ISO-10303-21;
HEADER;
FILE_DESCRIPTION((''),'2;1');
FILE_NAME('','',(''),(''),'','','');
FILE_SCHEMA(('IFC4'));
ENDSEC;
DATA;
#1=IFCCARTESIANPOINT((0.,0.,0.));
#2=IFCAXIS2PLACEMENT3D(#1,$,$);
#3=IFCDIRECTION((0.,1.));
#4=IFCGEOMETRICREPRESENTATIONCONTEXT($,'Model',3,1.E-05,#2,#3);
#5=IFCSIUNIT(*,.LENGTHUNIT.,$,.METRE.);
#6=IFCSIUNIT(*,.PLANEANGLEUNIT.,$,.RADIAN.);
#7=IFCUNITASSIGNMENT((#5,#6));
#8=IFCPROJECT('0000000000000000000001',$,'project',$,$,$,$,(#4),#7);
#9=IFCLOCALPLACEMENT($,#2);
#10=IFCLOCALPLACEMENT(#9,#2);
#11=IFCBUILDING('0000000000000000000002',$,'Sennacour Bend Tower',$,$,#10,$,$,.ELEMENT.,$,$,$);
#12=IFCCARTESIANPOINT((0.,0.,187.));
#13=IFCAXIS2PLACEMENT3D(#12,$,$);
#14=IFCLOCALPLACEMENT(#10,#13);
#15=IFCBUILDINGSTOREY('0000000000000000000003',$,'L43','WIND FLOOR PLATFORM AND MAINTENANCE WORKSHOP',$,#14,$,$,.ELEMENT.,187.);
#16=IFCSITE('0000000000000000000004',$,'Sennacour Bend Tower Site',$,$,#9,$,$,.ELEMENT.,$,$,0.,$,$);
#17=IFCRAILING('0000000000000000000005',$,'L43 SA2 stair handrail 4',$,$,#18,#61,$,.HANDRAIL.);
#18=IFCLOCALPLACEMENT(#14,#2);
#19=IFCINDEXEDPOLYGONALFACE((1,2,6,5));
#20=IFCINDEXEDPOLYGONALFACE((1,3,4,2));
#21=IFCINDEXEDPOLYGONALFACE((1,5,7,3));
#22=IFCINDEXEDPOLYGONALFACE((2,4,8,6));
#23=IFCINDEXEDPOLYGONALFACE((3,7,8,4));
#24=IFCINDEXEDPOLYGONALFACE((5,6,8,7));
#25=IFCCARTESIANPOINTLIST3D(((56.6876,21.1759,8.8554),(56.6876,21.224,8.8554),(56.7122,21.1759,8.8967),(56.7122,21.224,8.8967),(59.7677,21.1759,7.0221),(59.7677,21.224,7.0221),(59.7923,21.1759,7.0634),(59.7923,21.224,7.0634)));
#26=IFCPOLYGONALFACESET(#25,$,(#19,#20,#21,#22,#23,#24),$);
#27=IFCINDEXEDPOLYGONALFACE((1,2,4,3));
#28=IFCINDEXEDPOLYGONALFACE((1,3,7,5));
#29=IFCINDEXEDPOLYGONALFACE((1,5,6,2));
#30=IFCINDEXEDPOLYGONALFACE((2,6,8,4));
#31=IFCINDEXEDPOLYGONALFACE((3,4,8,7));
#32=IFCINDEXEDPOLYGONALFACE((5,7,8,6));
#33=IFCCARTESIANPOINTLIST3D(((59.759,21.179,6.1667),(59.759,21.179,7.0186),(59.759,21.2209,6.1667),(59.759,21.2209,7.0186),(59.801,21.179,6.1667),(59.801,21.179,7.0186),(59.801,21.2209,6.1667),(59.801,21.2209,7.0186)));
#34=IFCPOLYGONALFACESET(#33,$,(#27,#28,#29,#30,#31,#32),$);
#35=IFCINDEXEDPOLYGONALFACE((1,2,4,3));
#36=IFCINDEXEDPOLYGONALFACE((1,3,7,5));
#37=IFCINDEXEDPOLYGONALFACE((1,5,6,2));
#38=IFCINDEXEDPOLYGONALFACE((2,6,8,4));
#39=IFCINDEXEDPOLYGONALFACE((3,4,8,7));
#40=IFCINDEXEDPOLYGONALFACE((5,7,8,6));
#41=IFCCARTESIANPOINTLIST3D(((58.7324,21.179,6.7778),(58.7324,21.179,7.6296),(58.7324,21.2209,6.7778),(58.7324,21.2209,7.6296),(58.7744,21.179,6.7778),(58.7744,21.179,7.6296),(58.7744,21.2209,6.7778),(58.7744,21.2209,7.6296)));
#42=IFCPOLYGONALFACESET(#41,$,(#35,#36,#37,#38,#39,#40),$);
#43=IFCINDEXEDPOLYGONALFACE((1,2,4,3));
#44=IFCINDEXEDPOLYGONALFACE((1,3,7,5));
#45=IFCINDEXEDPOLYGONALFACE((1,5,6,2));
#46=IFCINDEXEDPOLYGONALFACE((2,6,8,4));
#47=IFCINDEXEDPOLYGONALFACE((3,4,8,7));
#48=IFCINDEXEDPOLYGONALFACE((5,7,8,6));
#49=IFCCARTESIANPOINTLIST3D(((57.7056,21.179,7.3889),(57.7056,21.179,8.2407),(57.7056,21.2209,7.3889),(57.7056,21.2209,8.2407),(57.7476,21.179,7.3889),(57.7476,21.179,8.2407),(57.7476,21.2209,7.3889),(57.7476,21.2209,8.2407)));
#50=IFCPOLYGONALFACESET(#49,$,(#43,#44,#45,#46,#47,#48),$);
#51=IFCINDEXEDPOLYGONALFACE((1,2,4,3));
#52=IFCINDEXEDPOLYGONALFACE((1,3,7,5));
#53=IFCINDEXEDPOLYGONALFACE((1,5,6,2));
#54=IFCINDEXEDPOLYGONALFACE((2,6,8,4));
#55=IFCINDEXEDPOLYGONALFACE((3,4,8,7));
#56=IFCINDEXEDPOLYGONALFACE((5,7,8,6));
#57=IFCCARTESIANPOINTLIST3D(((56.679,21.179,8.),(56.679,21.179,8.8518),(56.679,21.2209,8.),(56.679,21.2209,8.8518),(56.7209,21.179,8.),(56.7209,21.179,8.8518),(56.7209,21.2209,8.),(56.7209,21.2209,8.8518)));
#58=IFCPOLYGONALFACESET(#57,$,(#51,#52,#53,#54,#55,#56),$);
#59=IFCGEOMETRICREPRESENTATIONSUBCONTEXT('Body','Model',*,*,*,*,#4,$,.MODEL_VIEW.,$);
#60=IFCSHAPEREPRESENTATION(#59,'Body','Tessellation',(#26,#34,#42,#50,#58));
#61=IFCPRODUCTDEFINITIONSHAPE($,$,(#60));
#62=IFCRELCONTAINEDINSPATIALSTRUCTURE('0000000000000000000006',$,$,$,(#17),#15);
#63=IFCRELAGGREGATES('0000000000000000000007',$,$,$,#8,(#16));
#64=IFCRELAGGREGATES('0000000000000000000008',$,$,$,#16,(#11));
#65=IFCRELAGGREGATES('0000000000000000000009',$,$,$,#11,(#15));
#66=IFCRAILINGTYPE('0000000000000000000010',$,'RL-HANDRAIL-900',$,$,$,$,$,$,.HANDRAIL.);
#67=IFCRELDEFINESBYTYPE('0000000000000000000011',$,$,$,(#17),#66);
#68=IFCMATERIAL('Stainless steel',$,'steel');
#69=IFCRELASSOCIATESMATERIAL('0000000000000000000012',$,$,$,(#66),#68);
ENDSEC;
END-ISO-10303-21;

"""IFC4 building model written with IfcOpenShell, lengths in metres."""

from ifc_helpers import new_model, si_unit, direction, frame, origin, origin_2d, place, context, subcontext, project, spatial, rectangle, extrude, material, type_object, element, save


model = new_model("IFC4")

# Units and contexts
model_context = context("Model", 3, precision=1e-05, world=origin(), true_north=direction((0.0, 1.0)))
body_context = subcontext(model_context, "Body", "Model", "MODEL_VIEW")
ifc_project = project(units=[si_unit("LENGTHUNIT", "METRE"), si_unit("PLANEANGLEUNIT", "RADIAN")], contexts=[model_context])

# Site, building, storey
site_placement = place(None, origin())
site = spatial("IfcSite", under=ifc_project, at=site_placement, Name="Sennacour Bend Tower Site", CompositionType="ELEMENT", RefElevation=0.0)
building_placement = place(site_placement, origin())
building = spatial("IfcBuilding", under=site, at=building_placement, Name="Sennacour Bend Tower", CompositionType="ELEMENT")
storey_placement = place(building_placement, frame((0.0, 0.0, 187.0)))
storey = spatial("IfcBuildingStorey", under=building, at=storey_placement, Name="L43", Description="WIND FLOOR PLATFORM AND MAINTENANCE WORKSHOP", CompositionType="ELEMENT", Elevation=187.0)

# Railing
ifc_material_1 = material(Name="Stainless steel", Category="steel")
railing_type_1 = type_object("IfcRailingType", Name="RL-HANDRAIL-900", PredefinedType="HANDRAIL", material=ifc_material_1)
for number, where, name in (
    (1, (59.78, 21.2, 6.1667), "L43 SA2 stair handrail 4"),
):
    element("IfcRailing", number, at=place(storey_placement, frame(where)), inside=storey, type_object=railing_type_1, Name=name, PredefinedType="HANDRAIL", context=body_context, shape_type="SweptSolid", body=[
        extrude(rectangle(XDim=0.0481, YDim=0.0481, at=origin_2d()), frame((0.0, 0.0, 0.876), z_axis=(-0.859309, 0.0, 0.511458), x_axis=(0.0, -1.0, 0.0)), (0.0, 0.0, 1.0), 3.5845),
        extrude(rectangle(XDim=0.042, YDim=0.042, at=origin_2d()), origin(), (0.0, 0.0, 1.0), 0.8518),
        extrude(rectangle(XDim=0.042, YDim=0.042, at=origin_2d()), frame((-1.0266, 0.0, 0.6111)), (0.0, 0.0, 1.0), 0.8518),
        extrude(rectangle(XDim=0.042, YDim=0.042, at=origin_2d()), frame((-2.0535, 0.0, 1.2222)), (0.0, 0.0, 1.0), 0.8518),
        extrude(rectangle(XDim=0.042, YDim=0.042, at=origin_2d()), frame((-3.0801, 0.0, 1.8333)), (0.0, 0.0, 1.0), 0.8518),
    ])

save(model, "model.ifc")
